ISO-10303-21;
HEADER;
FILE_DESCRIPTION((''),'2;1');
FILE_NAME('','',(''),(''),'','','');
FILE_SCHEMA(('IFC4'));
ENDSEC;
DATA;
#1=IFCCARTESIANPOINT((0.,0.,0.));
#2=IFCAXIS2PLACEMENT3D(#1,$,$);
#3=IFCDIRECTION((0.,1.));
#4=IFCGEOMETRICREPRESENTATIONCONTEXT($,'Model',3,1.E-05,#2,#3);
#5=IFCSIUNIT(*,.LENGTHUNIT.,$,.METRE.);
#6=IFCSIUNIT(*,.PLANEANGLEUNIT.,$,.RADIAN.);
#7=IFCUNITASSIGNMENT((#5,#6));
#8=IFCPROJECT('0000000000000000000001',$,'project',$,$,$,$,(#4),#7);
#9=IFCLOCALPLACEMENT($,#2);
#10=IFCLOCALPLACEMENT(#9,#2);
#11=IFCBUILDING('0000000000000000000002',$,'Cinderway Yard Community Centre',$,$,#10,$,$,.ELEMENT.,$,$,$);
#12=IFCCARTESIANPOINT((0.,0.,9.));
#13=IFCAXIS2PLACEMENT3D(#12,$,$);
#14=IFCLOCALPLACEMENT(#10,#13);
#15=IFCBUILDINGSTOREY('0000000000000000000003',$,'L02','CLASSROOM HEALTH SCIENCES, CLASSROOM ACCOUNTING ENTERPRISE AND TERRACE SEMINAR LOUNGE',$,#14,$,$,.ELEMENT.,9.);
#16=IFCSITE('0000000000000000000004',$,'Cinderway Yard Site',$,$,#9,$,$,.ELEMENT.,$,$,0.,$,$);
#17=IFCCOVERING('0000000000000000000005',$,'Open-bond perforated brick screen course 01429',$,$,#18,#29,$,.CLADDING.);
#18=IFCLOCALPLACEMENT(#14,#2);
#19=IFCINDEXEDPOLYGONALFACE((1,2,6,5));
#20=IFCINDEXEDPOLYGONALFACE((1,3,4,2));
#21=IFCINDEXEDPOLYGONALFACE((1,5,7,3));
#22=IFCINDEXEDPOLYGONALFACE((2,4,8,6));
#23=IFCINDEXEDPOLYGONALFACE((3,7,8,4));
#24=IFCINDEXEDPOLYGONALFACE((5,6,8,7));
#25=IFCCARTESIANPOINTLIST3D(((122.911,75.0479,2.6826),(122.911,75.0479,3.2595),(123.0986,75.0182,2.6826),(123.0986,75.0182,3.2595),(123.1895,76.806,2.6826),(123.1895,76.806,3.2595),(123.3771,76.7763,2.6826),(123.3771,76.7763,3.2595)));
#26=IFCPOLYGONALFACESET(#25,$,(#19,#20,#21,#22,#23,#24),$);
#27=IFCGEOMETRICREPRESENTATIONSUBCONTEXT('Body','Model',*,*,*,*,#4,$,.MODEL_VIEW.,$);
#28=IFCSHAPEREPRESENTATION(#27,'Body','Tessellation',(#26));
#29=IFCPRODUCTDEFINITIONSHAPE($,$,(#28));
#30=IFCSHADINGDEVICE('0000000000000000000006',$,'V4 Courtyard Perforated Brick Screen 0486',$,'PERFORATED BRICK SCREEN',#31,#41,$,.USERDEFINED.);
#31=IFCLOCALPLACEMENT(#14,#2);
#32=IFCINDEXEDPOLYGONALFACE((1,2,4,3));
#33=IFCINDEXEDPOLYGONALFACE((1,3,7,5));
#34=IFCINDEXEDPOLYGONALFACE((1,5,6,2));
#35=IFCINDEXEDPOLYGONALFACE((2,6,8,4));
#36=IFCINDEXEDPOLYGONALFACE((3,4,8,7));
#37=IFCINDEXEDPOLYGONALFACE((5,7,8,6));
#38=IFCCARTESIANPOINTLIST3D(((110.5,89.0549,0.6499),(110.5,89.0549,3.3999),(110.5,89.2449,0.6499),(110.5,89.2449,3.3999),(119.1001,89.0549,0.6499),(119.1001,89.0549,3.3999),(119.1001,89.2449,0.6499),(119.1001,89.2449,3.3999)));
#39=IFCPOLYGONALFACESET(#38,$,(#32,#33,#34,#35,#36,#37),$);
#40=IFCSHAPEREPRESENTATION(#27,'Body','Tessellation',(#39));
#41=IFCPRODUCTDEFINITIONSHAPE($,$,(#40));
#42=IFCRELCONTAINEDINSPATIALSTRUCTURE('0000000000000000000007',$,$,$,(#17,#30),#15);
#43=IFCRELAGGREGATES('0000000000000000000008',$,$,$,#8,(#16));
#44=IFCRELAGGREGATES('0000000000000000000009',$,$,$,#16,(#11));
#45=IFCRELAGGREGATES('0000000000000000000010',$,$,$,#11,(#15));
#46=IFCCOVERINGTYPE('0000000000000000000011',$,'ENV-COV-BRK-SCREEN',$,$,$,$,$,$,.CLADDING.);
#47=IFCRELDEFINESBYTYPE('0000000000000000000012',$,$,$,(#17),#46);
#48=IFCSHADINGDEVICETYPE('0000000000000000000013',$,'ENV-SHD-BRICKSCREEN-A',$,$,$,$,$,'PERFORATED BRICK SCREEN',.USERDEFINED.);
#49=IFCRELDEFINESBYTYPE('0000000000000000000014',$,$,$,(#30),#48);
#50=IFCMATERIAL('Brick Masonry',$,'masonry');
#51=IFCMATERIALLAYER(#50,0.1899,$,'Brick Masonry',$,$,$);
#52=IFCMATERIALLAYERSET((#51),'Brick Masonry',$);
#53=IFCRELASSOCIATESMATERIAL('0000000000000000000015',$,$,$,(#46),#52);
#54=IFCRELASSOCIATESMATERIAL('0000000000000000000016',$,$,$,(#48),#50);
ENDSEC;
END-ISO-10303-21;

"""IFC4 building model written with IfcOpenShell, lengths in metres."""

from ifc_helpers import new_model, si_unit, direction, frame, origin, origin_2d, place, context, subcontext, project, spatial, rectangle, extrude, material, layer, layer_set, type_object, element, save


model = new_model("IFC4")

# Units and contexts
model_context = context("Model", 3, precision=1e-05, world=origin(), true_north=direction((0.0, 1.0)))
body_context = subcontext(model_context, "Body", "Model", "MODEL_VIEW")
ifc_project = project(units=[si_unit("LENGTHUNIT", "METRE"), si_unit("PLANEANGLEUNIT", "RADIAN")], contexts=[model_context])

# Site, building, storey
site_placement = place(None, origin())
site = spatial("IfcSite", under=ifc_project, at=site_placement, Name="Cinderway Yard Site", CompositionType="ELEMENT", RefElevation=0.0)
building_placement = place(site_placement, origin())
building = spatial("IfcBuilding", under=site, at=building_placement, Name="Cinderway Yard Community Centre", CompositionType="ELEMENT")
storey_placement = place(building_placement, frame((0.0, 0.0, 9.0)))
storey = spatial("IfcBuildingStorey", under=building, at=storey_placement, Name="L02", Description="CLASSROOM HEALTH SCIENCES, CLASSROOM ACCOUNTING ENTERPRISE AND TERRACE SEMINAR LOUNGE", CompositionType="ELEMENT", Elevation=9.0)

# Covering
ifc_material_1 = material(Name="Brick Masonry", Category="masonry")
ifc_layer_1 = layer(ifc_material_1, 0.1899, Name="Brick Masonry")
ifc_layer_set_1 = layer_set([ifc_layer_1], Name="Brick Masonry")
covering_type = type_object("IfcCoveringType", Name="ENV-COV-BRK-SCREEN", PredefinedType="CLADDING", material=ifc_layer_set_1)
for number, where, z_axis, x_axis, name in (
    (1, (123.144, 75.9121, 2.6826), (0.0, 0.0, 1.0), (0.156434, 0.987688, 0.0), "Open-bond perforated brick screen course 01429"),
):
    element("IfcCovering", number, at=place(storey_placement, frame(where, z_axis=z_axis, x_axis=x_axis)), inside=storey, type_object=covering_type, Name=name, PredefinedType="CLADDING", context=body_context, shape_type="SweptSolid", body=[
        extrude(rectangle(XDim=1.78, YDim=0.1899, at=origin_2d()), origin(), (0.0, 0.0, 1.0), 0.5769),
    ])

# Shading device
shading_device_type = type_object("IfcShadingDeviceType", Name="ENV-SHD-BRICKSCREEN-A", ElementType="PERFORATED BRICK SCREEN", PredefinedType="USERDEFINED", material=ifc_material_1)
shading_device_placement = place(storey_placement, frame((114.8, 89.1499, 0.6499), z_axis=(0.0, 0.0, 1.0), x_axis=(-1.0, 0.0, 0.0)))
element("IfcShadingDevice", 2, at=shading_device_placement, inside=storey, type_object=shading_device_type, Name="V4 Courtyard Perforated Brick Screen 0486", ObjectType="PERFORATED BRICK SCREEN", PredefinedType="USERDEFINED", context=body_context, shape_type="SweptSolid", body=[
    extrude(rectangle(XDim=8.6001, YDim=0.1899, at=origin_2d()), origin(), (0.0, 0.0, 1.0), 2.75),
])

save(model, "model.ifc")
